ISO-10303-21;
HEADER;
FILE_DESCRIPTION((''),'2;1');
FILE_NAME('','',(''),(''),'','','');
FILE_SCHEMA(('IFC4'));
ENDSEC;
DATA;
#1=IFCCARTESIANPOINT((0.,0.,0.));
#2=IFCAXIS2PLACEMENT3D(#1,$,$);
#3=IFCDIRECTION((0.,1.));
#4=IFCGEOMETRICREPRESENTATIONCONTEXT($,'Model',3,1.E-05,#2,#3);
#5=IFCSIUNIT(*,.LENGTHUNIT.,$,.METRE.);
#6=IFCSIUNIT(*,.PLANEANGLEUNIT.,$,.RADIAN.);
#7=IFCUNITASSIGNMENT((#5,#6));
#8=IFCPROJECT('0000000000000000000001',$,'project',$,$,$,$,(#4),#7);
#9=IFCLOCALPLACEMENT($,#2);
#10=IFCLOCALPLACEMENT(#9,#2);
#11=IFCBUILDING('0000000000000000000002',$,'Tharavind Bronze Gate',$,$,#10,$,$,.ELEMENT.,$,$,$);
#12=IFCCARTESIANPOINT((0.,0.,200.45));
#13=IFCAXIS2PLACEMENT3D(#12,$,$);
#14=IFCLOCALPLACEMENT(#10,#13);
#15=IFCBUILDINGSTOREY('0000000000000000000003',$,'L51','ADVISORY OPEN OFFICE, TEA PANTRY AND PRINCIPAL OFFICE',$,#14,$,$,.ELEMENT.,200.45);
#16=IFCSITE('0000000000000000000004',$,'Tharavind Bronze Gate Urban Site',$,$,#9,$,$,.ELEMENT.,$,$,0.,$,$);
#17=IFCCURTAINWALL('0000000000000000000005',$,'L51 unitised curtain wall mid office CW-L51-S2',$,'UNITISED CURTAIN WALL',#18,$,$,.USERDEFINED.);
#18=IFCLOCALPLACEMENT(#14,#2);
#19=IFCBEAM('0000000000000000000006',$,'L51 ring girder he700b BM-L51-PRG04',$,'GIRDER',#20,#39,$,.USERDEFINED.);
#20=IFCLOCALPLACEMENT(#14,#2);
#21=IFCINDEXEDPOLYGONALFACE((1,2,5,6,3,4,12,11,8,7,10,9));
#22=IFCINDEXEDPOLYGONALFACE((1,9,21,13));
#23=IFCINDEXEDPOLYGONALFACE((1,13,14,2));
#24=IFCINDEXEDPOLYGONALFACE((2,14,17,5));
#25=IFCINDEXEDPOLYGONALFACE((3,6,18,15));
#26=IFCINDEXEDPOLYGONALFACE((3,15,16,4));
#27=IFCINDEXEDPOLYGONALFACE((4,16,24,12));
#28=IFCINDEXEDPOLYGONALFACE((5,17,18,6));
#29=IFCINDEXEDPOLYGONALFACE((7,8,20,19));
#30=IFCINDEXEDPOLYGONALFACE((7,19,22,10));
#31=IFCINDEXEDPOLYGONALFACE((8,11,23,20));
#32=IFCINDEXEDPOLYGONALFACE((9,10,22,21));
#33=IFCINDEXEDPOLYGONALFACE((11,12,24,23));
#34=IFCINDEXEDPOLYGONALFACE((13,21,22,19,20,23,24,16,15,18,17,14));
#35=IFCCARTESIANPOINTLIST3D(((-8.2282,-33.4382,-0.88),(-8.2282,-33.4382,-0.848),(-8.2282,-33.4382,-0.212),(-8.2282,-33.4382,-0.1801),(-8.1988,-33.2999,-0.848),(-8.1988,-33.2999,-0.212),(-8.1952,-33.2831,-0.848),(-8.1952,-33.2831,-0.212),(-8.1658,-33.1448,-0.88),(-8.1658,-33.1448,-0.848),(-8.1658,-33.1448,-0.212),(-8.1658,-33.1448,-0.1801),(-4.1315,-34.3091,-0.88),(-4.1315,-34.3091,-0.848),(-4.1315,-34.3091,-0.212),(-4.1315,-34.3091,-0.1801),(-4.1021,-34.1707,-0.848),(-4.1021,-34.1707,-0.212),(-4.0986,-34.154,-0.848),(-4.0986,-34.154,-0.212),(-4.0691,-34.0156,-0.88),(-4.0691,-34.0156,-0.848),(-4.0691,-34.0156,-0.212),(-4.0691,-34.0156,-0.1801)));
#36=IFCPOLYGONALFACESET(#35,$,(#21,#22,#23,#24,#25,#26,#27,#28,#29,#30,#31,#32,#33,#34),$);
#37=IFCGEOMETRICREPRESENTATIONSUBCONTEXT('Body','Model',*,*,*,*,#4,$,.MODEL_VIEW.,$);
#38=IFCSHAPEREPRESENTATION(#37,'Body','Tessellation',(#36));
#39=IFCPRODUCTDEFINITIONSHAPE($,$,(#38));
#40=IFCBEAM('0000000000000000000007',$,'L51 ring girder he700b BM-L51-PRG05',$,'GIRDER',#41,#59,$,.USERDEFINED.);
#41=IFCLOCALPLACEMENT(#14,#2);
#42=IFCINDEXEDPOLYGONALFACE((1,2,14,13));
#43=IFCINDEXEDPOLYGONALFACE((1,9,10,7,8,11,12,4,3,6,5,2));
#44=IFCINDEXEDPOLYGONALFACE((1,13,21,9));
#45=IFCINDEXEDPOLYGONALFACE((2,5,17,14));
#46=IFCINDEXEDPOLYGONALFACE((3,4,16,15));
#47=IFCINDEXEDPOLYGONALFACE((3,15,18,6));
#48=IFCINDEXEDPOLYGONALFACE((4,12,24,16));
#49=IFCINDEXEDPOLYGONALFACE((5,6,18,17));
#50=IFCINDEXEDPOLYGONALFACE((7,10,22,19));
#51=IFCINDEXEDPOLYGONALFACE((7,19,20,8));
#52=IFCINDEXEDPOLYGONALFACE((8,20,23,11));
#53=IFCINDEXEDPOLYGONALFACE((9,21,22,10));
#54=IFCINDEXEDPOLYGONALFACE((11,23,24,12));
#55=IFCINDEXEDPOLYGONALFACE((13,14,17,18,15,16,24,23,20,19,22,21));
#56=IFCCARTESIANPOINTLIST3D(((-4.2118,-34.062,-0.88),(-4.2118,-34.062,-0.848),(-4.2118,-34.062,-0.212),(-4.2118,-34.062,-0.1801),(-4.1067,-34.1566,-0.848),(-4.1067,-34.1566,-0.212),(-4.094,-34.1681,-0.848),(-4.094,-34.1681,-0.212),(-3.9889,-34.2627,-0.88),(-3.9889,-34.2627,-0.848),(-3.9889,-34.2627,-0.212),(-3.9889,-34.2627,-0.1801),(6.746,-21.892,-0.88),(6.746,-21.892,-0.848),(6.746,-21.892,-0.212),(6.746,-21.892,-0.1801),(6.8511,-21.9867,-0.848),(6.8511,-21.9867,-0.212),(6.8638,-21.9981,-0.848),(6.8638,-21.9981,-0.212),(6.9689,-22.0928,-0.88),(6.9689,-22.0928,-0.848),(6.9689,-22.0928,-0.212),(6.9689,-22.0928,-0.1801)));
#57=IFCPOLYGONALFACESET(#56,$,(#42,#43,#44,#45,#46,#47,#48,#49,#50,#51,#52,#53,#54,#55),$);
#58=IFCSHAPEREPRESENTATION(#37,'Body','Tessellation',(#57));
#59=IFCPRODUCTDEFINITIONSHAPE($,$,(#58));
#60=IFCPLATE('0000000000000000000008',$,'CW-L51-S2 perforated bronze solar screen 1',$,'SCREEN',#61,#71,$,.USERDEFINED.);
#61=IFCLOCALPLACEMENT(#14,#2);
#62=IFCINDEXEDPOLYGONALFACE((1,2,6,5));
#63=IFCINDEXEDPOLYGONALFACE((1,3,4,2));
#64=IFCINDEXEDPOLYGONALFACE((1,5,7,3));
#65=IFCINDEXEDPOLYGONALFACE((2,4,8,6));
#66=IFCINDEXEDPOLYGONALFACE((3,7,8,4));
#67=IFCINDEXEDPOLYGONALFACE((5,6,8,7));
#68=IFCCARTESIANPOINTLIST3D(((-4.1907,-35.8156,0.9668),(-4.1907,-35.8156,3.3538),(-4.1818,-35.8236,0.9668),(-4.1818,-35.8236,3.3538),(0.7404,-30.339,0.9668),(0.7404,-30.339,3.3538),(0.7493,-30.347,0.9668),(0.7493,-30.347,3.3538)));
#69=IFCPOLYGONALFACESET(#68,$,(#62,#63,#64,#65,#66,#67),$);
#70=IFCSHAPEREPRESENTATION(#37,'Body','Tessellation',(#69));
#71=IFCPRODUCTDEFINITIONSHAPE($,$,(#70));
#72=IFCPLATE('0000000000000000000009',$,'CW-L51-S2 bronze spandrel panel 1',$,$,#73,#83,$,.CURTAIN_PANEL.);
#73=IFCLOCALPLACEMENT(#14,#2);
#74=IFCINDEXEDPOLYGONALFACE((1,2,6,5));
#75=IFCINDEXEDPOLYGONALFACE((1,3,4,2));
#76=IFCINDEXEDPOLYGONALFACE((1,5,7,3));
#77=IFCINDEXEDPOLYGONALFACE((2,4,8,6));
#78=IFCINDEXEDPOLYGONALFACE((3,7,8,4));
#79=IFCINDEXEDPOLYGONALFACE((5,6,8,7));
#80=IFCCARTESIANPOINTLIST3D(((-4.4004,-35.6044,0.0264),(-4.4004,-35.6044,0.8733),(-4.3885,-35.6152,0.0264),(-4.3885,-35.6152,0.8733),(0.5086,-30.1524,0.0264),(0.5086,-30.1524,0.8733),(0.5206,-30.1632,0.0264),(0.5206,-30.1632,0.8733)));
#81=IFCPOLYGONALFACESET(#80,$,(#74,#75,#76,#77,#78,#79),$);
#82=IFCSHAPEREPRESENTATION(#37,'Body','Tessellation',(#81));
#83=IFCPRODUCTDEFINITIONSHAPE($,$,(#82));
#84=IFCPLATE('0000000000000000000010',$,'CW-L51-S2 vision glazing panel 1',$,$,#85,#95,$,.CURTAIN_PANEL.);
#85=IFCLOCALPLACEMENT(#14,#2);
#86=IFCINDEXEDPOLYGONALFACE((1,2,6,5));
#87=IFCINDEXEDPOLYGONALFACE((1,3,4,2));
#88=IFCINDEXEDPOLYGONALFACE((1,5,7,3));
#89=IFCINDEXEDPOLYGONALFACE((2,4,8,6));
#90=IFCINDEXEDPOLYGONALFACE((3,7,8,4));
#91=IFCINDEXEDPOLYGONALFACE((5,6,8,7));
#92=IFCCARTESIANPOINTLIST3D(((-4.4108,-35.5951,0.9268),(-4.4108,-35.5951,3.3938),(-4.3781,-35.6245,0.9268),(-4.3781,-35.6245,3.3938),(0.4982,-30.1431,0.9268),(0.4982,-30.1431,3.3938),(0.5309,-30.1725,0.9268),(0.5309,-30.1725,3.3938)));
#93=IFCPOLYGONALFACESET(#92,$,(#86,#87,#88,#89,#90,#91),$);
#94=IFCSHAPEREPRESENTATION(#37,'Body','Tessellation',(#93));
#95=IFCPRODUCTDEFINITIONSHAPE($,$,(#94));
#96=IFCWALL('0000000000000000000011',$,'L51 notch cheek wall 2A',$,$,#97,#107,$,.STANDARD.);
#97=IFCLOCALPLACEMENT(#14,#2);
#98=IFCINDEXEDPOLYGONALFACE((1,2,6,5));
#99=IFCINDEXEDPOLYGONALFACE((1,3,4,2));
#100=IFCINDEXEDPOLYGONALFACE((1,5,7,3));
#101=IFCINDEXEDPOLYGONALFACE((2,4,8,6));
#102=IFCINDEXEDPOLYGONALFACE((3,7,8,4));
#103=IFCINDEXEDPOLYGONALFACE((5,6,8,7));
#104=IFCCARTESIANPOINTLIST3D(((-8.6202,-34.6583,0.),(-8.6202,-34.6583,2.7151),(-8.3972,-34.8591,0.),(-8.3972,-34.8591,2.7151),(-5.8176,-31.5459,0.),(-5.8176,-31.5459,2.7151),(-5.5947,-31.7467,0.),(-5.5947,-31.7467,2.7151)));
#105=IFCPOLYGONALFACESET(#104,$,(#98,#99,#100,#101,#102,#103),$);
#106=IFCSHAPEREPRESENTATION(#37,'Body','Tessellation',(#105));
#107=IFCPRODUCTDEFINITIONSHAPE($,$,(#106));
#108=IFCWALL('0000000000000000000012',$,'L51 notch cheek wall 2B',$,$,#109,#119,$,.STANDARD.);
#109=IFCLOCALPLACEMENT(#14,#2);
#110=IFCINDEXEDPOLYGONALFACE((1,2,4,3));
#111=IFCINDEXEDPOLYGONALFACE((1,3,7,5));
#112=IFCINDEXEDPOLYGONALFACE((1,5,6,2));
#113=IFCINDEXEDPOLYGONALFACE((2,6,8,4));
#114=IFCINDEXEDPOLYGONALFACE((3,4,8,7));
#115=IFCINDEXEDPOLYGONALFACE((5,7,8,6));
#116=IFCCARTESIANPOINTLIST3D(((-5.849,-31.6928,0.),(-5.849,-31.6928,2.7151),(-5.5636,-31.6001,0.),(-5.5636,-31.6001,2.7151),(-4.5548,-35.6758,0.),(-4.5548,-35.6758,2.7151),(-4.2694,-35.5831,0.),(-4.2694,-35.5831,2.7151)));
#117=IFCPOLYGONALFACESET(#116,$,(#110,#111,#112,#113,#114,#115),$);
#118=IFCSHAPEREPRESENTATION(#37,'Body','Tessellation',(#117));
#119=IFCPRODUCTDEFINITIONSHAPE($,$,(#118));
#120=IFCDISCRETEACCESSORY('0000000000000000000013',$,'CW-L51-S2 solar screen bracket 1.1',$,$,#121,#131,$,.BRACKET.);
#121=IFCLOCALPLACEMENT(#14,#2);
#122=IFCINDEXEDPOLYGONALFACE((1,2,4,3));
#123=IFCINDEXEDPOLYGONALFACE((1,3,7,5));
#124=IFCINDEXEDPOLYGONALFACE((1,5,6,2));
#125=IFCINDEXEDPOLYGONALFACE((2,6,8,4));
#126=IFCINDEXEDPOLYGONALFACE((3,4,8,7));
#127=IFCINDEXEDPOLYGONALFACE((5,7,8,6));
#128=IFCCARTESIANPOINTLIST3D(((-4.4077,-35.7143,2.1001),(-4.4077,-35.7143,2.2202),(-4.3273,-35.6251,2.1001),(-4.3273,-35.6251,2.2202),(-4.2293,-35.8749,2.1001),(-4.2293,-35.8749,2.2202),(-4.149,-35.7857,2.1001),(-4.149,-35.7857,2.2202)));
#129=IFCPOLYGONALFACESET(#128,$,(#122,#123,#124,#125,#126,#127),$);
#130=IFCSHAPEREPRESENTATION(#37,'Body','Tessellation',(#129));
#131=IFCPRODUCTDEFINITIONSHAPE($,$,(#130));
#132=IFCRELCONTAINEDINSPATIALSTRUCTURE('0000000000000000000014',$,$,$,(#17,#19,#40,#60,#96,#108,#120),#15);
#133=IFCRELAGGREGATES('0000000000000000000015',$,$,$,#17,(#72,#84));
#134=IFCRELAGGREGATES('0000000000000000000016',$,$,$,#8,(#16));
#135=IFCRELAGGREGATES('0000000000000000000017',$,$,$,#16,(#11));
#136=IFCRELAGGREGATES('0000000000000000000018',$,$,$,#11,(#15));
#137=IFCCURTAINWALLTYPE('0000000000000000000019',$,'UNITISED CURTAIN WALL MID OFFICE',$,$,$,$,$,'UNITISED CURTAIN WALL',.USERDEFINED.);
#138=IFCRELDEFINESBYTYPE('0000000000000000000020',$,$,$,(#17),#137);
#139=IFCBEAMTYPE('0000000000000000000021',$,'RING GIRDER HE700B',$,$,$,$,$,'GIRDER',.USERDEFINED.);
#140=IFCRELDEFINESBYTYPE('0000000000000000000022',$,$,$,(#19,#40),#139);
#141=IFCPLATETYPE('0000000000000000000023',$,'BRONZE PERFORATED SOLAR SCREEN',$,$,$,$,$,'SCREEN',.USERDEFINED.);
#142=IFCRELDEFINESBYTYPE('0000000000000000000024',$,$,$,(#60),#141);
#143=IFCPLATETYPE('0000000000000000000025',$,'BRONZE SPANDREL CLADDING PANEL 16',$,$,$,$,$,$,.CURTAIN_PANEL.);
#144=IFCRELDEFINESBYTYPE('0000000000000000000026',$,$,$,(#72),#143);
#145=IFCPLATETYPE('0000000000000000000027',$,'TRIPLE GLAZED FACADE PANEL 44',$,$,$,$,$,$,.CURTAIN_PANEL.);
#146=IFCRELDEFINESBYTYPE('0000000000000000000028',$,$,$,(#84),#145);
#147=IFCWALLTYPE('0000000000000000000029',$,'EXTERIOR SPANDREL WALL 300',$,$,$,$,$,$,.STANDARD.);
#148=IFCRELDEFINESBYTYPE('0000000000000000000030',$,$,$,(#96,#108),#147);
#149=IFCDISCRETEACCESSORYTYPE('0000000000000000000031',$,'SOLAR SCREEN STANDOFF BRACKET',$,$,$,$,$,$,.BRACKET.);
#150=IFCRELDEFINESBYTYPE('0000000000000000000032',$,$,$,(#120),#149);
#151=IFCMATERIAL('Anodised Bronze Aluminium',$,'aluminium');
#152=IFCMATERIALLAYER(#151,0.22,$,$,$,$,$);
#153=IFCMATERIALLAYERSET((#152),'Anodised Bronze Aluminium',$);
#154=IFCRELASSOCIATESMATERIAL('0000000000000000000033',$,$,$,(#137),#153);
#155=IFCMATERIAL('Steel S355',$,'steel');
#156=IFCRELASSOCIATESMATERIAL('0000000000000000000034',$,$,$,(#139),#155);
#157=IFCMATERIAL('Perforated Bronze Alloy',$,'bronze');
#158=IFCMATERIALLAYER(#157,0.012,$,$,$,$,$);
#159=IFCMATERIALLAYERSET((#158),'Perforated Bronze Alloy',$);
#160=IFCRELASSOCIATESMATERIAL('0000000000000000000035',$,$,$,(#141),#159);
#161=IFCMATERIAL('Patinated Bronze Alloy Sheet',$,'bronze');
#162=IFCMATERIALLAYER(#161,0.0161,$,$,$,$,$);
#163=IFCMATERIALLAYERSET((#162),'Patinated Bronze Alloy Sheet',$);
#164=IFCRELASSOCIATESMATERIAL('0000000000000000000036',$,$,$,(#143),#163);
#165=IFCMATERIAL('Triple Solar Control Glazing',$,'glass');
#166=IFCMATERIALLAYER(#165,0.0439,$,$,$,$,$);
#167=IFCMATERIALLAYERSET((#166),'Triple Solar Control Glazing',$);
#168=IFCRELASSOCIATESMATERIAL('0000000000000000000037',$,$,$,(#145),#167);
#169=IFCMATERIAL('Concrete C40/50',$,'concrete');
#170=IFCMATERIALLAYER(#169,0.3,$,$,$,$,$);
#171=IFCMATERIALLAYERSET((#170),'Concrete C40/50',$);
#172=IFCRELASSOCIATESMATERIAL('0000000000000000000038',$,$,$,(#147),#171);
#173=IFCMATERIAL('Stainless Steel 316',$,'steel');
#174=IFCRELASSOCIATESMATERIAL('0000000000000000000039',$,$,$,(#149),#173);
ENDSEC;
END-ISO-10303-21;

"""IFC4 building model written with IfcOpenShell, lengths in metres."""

from ifc_helpers import new_model, si_unit, direction, frame, frame_2d, origin, origin_2d, place, context, subcontext, project, spatial, rectangle, i_section, extrude, material, layer, layer_set, material_profile, profile_set, type_object, element, aggregate, save


model = new_model("IFC4")

# Units and contexts
model_context = context("Model", 3, precision=1e-05, world=origin(), true_north=direction((0.0, 1.0)))
body_context = subcontext(model_context, "Body", "Model", "MODEL_VIEW")
ifc_project = project(units=[si_unit("LENGTHUNIT", "METRE"), si_unit("PLANEANGLEUNIT", "RADIAN")], contexts=[model_context])

# Site, building, storey
site_placement = place(None, origin())
site = spatial("IfcSite", under=ifc_project, at=site_placement, Name="Tharavind Bronze Gate Urban Site", CompositionType="ELEMENT", RefElevation=0.0)
building_placement = place(site_placement, origin())
building = spatial("IfcBuilding", under=site, at=building_placement, Name="Tharavind Bronze Gate", CompositionType="ELEMENT")
storey_placement = place(building_placement, frame((0.0, 0.0, 200.45)))
storey = spatial("IfcBuildingStorey", under=building, at=storey_placement, Name="L51", Description="ADVISORY OPEN OFFICE, TEA PANTRY AND PRINCIPAL OFFICE", CompositionType="ELEMENT", Elevation=200.45)

# Curtain wall
ifc_material_1 = material(Name="Anodised Bronze Aluminium", Category="aluminium")
ifc_layer_1 = layer(ifc_material_1, 0.22)
ifc_layer_set_1 = layer_set([ifc_layer_1], Name="Anodised Bronze Aluminium")
curtain_wall_type = type_object("IfcCurtainWallType", Name="UNITISED CURTAIN WALL MID OFFICE", ElementType="UNITISED CURTAIN WALL", PredefinedType="USERDEFINED", material=ifc_layer_set_1)
curtain_wall_1_placement = place(storey_placement, origin())
curtain_wall_1 = element("IfcCurtainWall", 1, at=curtain_wall_1_placement, inside=storey, type_object=curtain_wall_type, Name="L51 unitised curtain wall mid office CW-L51-S2", ObjectType="UNITISED CURTAIN WALL", PredefinedType="USERDEFINED")

# Beams
ifc_material_2 = material(Name="Steel S355", Category="steel")
ifc_material_profile_1 = material_profile(ifc_material_2, i_section(OverallWidth=0.3, OverallDepth=0.7, WebThickness=0.0171, FlangeThickness=0.032, at=origin_2d()), Name="HE700B")
ifc_profile_set_1 = profile_set([ifc_material_profile_1], Name="Steel S355")
beam_type_1 = type_object("IfcBeamType", Name="RING GIRDER HE700B", ElementType="GIRDER", PredefinedType="USERDEFINED", material=ifc_profile_set_1)
beam_1_placement = place(storey_placement, frame((-8.197, -33.2915, -0.53), z_axis=(0.978144, -0.207928, 0.0), x_axis=(0.207928, 0.978144, 0.0)))
element("IfcBeam", 2, at=beam_1_placement, inside=storey, type_object=beam_type_1, Name="L51 ring girder he700b BM-L51-PRG04", ObjectType="GIRDER", PredefinedType="USERDEFINED", context=body_context, shape_type="SweptSolid", body=[
    extrude(i_section(OverallWidth=0.3, OverallDepth=0.7, WebThickness=0.0171, FlangeThickness=0.032, at=origin_2d()), origin(), (0.0, 0.0, 1.0), 4.1882),
])
beam_2_placement = place(storey_placement, frame((-4.1003, -34.1624, -0.53), z_axis=(0.669128, 0.743147, 0.0), x_axis=(-0.743147, 0.669128, 0.0)))
element("IfcBeam", 3, at=beam_2_placement, inside=storey, type_object=beam_type_1, Name="L51 ring girder he700b BM-L51-PRG05", ObjectType="GIRDER", PredefinedType="USERDEFINED", context=body_context, shape_type="SweptSolid", body=[
    extrude(i_section(OverallWidth=0.3, OverallDepth=0.7, WebThickness=0.0171, FlangeThickness=0.032, at=origin_2d()), origin(), (0.0, 0.0, 1.0), 16.3762),
])

# Plates
ifc_material_3 = material(Name="Perforated Bronze Alloy", Category="bronze")
ifc_layer_2 = layer(ifc_material_3, 0.012)
ifc_layer_set_2 = layer_set([ifc_layer_2], Name="Perforated Bronze Alloy")
plate_type_1 = type_object("IfcPlateType", Name="BRONZE PERFORATED SOLAR SCREEN", ElementType="SCREEN", PredefinedType="USERDEFINED", material=ifc_layer_set_2)
plate_1_placement = place(storey_placement, frame((-1.7207, -33.0813, 0.9668), z_axis=(0.0, 0.0, 1.0), x_axis=(0.669131, 0.743145, 0.0)))
element("IfcPlate", 4, at=plate_1_placement, inside=storey, type_object=plate_type_1, Name="CW-L51-S2 perforated bronze solar screen 1", ObjectType="SCREEN", PredefinedType="USERDEFINED", context=body_context, shape_type="SweptSolid", body=[
    extrude(rectangle(XDim=7.3694, YDim=0.012, at=origin_2d()), origin(), (0.0, 0.0, 1.0), 2.387),
])
ifc_material_4 = material(Name="Patinated Bronze Alloy Sheet", Category="bronze")
ifc_layer_3 = layer(ifc_material_4, 0.0161)
ifc_layer_set_3 = layer_set([ifc_layer_3], Name="Patinated Bronze Alloy Sheet")
plate_type_2 = type_object("IfcPlateType", Name="BRONZE SPANDREL CLADDING PANEL 16", PredefinedType="CURTAIN_PANEL", material=ifc_layer_set_3)
plate_2_placement = place(storey_placement, frame((-1.9399, -32.8838, 0.0264), z_axis=(0.0, 0.0, 1.0), x_axis=(0.669131, 0.743145, 0.0)))
plate_2 = element("IfcPlate", 5, at=plate_2_placement, type_object=plate_type_2, Name="CW-L51-S2 bronze spandrel panel 1", PredefinedType="CURTAIN_PANEL", context=body_context, shape_type="SweptSolid", body=[
    extrude(rectangle(XDim=7.3364, YDim=0.0161, at=origin_2d()), origin(), (0.0, 0.0, 1.0), 0.8469),
])
ifc_material_5 = material(Name="Triple Solar Control Glazing", Category="glass")
ifc_layer_4 = layer(ifc_material_5, 0.0439)
ifc_layer_set_4 = layer_set([ifc_layer_4], Name="Triple Solar Control Glazing")
plate_type_3 = type_object("IfcPlateType", Name="TRIPLE GLAZED FACADE PANEL 44", PredefinedType="CURTAIN_PANEL", material=ifc_layer_set_4)
plate_3_placement = place(storey_placement, frame((-1.9399, -32.8838, 0.9268), z_axis=(0.0, 0.0, 1.0), x_axis=(0.669131, 0.743145, 0.0)))
plate_3 = element("IfcPlate", 6, at=plate_3_placement, type_object=plate_type_3, Name="CW-L51-S2 vision glazing panel 1", PredefinedType="CURTAIN_PANEL", context=body_context, shape_type="SweptSolid", body=[
    extrude(rectangle(XDim=7.3364, YDim=0.0439, at=origin_2d()), origin(), (0.0, 0.0, 1.0), 2.467),
])
aggregate(curtain_wall_1, [plate_2, plate_3])

# Walls
ifc_material_6 = material(Name="Concrete C40/50", Category="concrete")
ifc_layer_5 = layer(ifc_material_6, 0.3)
ifc_layer_set_5 = layer_set([ifc_layer_5], Name="Concrete C40/50")
wall_type = type_object("IfcWallType", Name="EXTERIOR SPANDREL WALL 300", PredefinedType="STANDARD", material=ifc_layer_set_5)
wall_1_placement = place(storey_placement, frame((-8.5088, -34.7588, 0.0), z_axis=(0.0, 0.0, 1.0), x_axis=(0.669152, 0.743126, 0.0)))
element("IfcWall", 7, at=wall_1_placement, inside=storey, type_object=wall_type, Name="L51 notch cheek wall 2A", PredefinedType="STANDARD", context=body_context, shape_type="SweptSolid", body=[
    extrude(rectangle(XDim=4.1882, YDim=0.3, at=frame_2d((2.0942, 0.0))), origin(), (0.0, 0.0, 1.0), 2.7151),
])
wall_2_placement = place(storey_placement, frame((-5.7063, -31.6465, 0.0), z_axis=(0.0, 0.0, 1.0), x_axis=(0.309031, -0.951052, 0.0)))
element("IfcWall", 8, at=wall_2_placement, inside=storey, type_object=wall_type, Name="L51 notch cheek wall 2B", PredefinedType="STANDARD", context=body_context, shape_type="SweptSolid", body=[
    extrude(rectangle(XDim=4.188, YDim=0.3, at=frame_2d((2.094, 0.0))), origin(), (0.0, 0.0, 1.0), 2.7151),
])

# Discrete accessory
ifc_material_7 = material(Name="Stainless Steel 316", Category="steel")
discrete_accessory_type = type_object("IfcDiscreteAccessoryType", Name="SOLAR SCREEN STANDOFF BRACKET", PredefinedType="BRACKET", material=ifc_material_7)
discrete_accessory_placement = place(storey_placement, frame((-4.2783, -35.75, 2.1001), z_axis=(0.0, 0.0, 1.0), x_axis=(0.669131, 0.743145, 0.0)))
element("IfcDiscreteAccessory", 9, at=discrete_accessory_placement, inside=storey, type_object=discrete_accessory_type, Name="CW-L51-S2 solar screen bracket 1.1", PredefinedType="BRACKET", context=body_context, shape_type="SweptSolid", body=[
    extrude(rectangle(XDim=0.1201, YDim=0.24, at=origin_2d()), origin(), (0.0, 0.0, 1.0), 0.1201),
])

save(model, "model.ifc")
